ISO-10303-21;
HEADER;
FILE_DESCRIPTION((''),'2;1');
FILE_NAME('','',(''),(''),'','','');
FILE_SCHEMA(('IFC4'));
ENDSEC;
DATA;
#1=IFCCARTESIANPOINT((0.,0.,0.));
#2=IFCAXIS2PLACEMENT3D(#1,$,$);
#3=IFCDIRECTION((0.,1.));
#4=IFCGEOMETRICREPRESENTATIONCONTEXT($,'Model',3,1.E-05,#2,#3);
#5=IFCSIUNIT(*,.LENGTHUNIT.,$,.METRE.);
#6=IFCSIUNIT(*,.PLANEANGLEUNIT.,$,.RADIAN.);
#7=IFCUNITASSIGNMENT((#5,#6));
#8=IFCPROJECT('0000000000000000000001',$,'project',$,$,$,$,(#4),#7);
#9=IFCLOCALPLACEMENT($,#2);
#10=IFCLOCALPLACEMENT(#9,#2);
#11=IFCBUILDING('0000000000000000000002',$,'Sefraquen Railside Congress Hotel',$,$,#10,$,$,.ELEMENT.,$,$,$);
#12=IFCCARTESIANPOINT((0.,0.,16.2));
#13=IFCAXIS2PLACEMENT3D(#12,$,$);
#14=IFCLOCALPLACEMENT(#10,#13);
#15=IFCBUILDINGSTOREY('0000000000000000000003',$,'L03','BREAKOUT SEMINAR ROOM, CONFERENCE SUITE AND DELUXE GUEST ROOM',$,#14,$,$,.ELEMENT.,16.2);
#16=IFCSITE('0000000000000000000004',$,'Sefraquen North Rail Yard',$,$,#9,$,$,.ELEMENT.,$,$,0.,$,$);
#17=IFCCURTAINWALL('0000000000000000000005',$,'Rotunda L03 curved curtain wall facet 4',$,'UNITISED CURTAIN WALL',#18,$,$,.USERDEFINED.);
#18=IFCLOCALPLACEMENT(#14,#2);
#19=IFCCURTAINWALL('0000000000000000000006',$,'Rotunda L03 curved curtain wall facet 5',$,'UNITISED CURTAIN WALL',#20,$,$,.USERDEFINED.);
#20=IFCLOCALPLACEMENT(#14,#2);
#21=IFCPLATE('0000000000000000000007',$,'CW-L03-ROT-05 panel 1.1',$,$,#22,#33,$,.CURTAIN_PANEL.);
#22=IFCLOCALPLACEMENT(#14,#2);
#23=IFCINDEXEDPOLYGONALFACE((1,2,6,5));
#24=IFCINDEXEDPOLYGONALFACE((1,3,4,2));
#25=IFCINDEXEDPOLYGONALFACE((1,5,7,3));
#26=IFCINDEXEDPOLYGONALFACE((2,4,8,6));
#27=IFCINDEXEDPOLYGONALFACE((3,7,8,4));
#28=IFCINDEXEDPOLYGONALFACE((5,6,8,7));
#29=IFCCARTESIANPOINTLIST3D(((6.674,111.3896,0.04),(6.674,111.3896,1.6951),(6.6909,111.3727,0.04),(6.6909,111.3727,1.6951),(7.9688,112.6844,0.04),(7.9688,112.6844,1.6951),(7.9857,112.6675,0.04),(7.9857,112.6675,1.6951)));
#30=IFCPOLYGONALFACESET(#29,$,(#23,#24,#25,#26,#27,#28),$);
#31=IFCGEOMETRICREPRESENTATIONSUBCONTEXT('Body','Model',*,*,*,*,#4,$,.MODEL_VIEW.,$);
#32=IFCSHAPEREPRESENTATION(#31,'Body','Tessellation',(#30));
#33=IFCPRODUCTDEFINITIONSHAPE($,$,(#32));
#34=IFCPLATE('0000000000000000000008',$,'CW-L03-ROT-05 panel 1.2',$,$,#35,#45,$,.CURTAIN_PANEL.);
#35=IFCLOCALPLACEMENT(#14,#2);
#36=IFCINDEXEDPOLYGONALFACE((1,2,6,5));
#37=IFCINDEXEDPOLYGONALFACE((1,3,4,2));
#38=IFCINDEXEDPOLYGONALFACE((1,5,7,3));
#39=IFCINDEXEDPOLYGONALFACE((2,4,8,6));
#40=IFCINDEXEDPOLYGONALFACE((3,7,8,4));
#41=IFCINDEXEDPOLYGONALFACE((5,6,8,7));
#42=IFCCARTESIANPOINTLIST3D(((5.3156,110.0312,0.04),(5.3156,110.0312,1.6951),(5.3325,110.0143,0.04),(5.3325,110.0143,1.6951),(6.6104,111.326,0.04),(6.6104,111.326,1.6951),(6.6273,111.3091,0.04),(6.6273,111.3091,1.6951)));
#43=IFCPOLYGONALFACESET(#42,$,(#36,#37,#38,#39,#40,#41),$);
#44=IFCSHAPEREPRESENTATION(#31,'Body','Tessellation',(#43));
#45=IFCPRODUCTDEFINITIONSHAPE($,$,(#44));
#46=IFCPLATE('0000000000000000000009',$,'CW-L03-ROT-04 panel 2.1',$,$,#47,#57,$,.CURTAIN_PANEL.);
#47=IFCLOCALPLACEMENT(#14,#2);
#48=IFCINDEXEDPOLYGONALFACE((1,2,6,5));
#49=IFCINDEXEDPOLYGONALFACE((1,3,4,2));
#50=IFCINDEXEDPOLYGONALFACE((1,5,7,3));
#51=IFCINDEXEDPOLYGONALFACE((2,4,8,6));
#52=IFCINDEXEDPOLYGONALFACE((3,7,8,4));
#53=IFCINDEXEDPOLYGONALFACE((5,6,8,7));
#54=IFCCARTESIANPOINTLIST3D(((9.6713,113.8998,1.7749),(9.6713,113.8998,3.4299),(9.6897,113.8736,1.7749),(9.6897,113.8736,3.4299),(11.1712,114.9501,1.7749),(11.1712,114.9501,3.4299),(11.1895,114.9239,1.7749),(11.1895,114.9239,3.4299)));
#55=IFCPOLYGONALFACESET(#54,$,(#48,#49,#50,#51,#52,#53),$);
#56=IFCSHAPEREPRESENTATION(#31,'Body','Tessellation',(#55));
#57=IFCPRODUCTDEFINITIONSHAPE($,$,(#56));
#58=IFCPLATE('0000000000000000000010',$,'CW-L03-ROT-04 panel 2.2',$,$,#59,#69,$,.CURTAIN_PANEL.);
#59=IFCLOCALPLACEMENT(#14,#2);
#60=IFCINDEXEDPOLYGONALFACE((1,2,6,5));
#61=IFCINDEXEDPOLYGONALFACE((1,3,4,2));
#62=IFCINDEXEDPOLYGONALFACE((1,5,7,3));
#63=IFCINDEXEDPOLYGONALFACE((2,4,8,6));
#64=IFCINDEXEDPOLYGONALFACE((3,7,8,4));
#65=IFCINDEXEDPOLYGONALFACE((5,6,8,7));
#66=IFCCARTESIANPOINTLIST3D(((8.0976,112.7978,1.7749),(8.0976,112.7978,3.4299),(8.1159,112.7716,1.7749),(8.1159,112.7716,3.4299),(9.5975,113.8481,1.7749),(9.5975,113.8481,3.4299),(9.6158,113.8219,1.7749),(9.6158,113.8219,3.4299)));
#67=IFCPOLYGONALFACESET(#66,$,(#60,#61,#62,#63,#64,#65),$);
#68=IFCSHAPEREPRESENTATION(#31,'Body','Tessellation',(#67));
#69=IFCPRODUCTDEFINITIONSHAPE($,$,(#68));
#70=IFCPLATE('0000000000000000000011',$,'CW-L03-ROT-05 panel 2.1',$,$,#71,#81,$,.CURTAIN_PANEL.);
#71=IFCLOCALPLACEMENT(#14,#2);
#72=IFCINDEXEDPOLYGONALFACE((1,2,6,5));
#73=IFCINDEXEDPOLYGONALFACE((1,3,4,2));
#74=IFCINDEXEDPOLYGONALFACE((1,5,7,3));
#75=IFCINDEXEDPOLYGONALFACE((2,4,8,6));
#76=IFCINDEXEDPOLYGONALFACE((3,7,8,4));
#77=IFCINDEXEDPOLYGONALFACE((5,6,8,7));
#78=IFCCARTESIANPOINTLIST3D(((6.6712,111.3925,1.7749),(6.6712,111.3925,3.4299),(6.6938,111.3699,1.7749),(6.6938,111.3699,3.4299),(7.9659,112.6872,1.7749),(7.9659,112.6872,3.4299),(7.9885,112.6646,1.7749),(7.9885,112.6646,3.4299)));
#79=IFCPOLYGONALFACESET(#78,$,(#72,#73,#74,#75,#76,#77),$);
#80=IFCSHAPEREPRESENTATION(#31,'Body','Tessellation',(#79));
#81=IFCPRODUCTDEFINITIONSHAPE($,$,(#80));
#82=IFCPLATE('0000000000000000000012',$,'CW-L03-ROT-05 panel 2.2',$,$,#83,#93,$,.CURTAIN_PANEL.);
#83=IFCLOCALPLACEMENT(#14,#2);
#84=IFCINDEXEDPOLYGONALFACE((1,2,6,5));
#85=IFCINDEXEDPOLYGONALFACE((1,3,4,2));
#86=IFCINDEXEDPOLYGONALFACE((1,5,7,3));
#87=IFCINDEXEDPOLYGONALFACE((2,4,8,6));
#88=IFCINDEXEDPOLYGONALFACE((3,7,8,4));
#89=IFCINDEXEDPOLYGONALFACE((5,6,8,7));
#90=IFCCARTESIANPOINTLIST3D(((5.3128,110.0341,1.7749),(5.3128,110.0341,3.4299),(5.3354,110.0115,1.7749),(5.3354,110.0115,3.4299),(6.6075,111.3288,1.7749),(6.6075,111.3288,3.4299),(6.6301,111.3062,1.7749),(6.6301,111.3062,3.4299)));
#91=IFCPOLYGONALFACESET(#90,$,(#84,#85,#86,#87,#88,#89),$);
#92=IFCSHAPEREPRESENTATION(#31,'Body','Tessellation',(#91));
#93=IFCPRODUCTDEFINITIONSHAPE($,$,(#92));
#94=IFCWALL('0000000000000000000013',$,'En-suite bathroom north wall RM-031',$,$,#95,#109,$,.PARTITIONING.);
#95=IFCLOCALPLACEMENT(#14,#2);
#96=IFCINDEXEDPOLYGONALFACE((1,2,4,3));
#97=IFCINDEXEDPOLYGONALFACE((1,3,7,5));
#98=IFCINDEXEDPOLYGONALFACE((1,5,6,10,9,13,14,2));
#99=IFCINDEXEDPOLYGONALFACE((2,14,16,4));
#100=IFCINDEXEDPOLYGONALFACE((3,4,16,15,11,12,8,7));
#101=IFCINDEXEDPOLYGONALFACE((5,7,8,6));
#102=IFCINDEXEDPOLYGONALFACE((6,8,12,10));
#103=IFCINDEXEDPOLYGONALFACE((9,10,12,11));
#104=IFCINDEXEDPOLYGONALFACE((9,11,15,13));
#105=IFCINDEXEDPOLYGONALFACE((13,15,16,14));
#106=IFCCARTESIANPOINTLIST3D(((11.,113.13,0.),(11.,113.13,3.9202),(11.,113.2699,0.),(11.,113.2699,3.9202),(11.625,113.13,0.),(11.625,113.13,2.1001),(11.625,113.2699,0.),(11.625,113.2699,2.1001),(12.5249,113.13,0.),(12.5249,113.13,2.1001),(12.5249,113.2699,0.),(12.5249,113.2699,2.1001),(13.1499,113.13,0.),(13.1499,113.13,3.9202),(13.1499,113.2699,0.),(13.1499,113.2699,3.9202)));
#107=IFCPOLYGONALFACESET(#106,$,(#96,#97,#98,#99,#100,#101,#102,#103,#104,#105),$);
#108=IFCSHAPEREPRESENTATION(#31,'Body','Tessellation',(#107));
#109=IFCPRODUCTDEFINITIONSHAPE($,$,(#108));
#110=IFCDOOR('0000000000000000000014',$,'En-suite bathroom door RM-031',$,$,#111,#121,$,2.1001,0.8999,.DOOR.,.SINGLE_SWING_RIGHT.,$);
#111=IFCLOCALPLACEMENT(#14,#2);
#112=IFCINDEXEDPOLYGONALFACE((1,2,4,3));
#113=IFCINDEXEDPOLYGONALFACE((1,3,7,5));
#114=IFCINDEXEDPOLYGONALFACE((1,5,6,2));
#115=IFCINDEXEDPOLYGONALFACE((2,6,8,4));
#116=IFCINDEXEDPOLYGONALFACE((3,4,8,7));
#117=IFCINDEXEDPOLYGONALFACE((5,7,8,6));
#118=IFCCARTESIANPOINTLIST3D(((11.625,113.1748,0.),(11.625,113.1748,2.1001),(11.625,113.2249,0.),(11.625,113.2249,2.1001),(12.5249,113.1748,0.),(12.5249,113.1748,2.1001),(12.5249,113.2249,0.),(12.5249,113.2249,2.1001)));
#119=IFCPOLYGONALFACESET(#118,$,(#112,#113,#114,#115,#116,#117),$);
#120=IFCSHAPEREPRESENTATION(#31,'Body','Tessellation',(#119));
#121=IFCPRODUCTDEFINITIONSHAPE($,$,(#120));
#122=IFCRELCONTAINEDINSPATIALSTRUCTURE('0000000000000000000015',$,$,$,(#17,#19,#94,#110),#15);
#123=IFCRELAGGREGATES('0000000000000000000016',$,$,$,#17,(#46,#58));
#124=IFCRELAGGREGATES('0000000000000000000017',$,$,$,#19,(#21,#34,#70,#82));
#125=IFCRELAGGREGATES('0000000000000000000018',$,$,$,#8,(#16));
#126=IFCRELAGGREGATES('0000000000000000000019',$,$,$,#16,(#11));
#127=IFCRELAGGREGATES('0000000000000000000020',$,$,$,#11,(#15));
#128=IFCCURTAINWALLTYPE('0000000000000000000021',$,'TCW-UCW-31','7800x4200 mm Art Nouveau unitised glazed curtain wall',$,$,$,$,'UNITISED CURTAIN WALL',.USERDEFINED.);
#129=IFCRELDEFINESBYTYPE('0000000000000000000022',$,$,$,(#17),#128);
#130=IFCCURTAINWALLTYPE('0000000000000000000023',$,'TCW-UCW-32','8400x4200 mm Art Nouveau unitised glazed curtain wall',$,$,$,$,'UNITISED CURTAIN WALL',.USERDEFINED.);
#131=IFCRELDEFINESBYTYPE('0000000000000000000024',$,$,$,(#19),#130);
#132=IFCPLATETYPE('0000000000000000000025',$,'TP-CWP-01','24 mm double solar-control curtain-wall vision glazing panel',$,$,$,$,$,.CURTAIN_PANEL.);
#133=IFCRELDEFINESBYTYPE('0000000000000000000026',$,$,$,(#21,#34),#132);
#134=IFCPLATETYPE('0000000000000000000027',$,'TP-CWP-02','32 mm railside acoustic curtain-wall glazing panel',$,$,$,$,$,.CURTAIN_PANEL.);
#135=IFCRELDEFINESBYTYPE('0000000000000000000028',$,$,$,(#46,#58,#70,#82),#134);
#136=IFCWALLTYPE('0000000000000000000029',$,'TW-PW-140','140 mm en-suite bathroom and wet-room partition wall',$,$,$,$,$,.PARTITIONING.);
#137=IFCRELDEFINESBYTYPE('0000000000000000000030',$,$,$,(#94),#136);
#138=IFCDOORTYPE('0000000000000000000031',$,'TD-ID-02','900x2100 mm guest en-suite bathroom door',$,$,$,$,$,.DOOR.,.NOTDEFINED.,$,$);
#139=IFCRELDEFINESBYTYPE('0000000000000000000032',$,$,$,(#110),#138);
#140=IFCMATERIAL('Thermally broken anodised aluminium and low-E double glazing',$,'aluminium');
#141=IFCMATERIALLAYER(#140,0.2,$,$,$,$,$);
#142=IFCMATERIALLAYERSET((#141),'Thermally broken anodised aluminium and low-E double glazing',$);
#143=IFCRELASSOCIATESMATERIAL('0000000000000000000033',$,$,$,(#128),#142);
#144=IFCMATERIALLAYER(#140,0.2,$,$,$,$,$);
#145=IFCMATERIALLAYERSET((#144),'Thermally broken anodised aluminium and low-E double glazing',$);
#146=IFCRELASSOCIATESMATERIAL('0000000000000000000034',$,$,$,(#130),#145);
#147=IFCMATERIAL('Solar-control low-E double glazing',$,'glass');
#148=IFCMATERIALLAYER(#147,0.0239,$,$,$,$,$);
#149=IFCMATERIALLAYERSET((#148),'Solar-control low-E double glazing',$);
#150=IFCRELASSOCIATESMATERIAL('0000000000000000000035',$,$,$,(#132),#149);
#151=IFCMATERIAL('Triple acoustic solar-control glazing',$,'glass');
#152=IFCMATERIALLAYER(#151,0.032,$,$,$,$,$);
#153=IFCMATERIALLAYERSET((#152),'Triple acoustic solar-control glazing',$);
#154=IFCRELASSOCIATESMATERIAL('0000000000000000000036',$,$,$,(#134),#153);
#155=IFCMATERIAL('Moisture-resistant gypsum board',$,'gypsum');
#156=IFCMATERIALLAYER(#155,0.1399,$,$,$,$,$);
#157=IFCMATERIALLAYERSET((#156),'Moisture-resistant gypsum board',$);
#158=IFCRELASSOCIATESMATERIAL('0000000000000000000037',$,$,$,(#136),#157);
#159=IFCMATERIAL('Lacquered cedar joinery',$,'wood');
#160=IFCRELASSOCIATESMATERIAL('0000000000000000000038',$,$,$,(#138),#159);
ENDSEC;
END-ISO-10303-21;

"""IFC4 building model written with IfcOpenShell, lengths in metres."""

from ifc_helpers import new_model, si_unit, direction, frame, frame_2d, origin, origin_2d, place, context, subcontext, project, spatial, rectangle, extrude, material, layer, layer_set, type_object, element, fill, aggregate, save


model = new_model("IFC4")

# Units and contexts
model_context = context("Model", 3, precision=1e-05, world=origin(), true_north=direction((0.0, 1.0)))
body_context = subcontext(model_context, "Body", "Model", "MODEL_VIEW")
ifc_project = project(units=[si_unit("LENGTHUNIT", "METRE"), si_unit("PLANEANGLEUNIT", "RADIAN")], contexts=[model_context])

# Site, building, storey
site_placement = place(None, origin())
site = spatial("IfcSite", under=ifc_project, at=site_placement, Name="Sefraquen North Rail Yard", CompositionType="ELEMENT", RefElevation=0.0)
building_placement = place(site_placement, origin())
building = spatial("IfcBuilding", under=site, at=building_placement, Name="Sefraquen Railside Congress Hotel", CompositionType="ELEMENT")
storey_placement = place(building_placement, frame((0.0, 0.0, 16.2)))
storey = spatial("IfcBuildingStorey", under=building, at=storey_placement, Name="L03", Description="BREAKOUT SEMINAR ROOM, CONFERENCE SUITE AND DELUXE GUEST ROOM", CompositionType="ELEMENT", Elevation=16.2)

# Curtain walls
ifc_material_1 = material(Name="Thermally broken anodised aluminium and low-E double glazing", Category="aluminium")
ifc_layer_1 = layer(ifc_material_1, 0.2)
ifc_layer_set_1 = layer_set([ifc_layer_1], Name="Thermally broken anodised aluminium and low-E double glazing")
curtain_wall_type_1 = type_object("IfcCurtainWallType", Name="TCW-UCW-31", Description="7800x4200 mm Art Nouveau unitised glazed curtain wall", ElementType="UNITISED CURTAIN WALL", PredefinedType="USERDEFINED", material=ifc_layer_set_1)
curtain_wall_1_placement = place(storey_placement, origin())
curtain_wall_1 = element("IfcCurtainWall", 1, at=curtain_wall_1_placement, inside=storey, type_object=curtain_wall_type_1, Name="Rotunda L03 curved curtain wall facet 4", ObjectType="UNITISED CURTAIN WALL", PredefinedType="USERDEFINED")
ifc_layer_2 = layer(ifc_material_1, 0.2)
ifc_layer_set_2 = layer_set([ifc_layer_2], Name="Thermally broken anodised aluminium and low-E double glazing")
curtain_wall_type_2 = type_object("IfcCurtainWallType", Name="TCW-UCW-32", Description="8400x4200 mm Art Nouveau unitised glazed curtain wall", ElementType="UNITISED CURTAIN WALL", PredefinedType="USERDEFINED", material=ifc_layer_set_2)
curtain_wall_2_placement = place(storey_placement, origin())
curtain_wall_2 = element("IfcCurtainWall", 2, at=curtain_wall_2_placement, inside=storey, type_object=curtain_wall_type_2, Name="Rotunda L03 curved curtain wall facet 5", ObjectType="UNITISED CURTAIN WALL", PredefinedType="USERDEFINED")

# Plates
ifc_material_2 = material(Name="Solar-control low-E double glazing", Category="glass")
ifc_layer_3 = layer(ifc_material_2, 0.0239)
ifc_layer_set_3 = layer_set([ifc_layer_3], Name="Solar-control low-E double glazing")
plate_type_1 = type_object("IfcPlateType", Name="TP-CWP-01", Description="24 mm double solar-control curtain-wall vision glazing panel", PredefinedType="CURTAIN_PANEL", material=ifc_layer_set_3)
plate_1_placement = place(storey_placement, frame((7.3298, 112.0286, 0.04), z_axis=(0.0, 0.0, 1.0), x_axis=(-0.707107, -0.707107, 0.0)))
plate_1 = element("IfcPlate", 3, at=plate_1_placement, type_object=plate_type_1, Name="CW-L03-ROT-05 panel 1.1", PredefinedType="CURTAIN_PANEL", context=body_context, shape_type="SweptSolid", body=[
    extrude(rectangle(XDim=1.8311, YDim=0.0239, at=origin_2d()), origin(), (0.0, 0.0, 1.0), 1.655),
])
plate_2_placement = place(storey_placement, frame((5.9714, 110.6702, 0.04), z_axis=(0.0, 0.0, 1.0), x_axis=(-0.707107, -0.707107, 0.0)))
plate_2 = element("IfcPlate", 4, at=plate_2_placement, type_object=plate_type_1, Name="CW-L03-ROT-05 panel 1.2", PredefinedType="CURTAIN_PANEL", context=body_context, shape_type="SweptSolid", body=[
    extrude(rectangle(XDim=1.8311, YDim=0.0239, at=origin_2d()), origin(), (0.0, 0.0, 1.0), 1.655),
])
ifc_material_3 = material(Name="Triple acoustic solar-control glazing", Category="glass")
ifc_layer_4 = layer(ifc_material_3, 0.032)
ifc_layer_set_4 = layer_set([ifc_layer_4], Name="Triple acoustic solar-control glazing")
plate_type_2 = type_object("IfcPlateType", Name="TP-CWP-02", Description="32 mm railside acoustic curtain-wall glazing panel", PredefinedType="CURTAIN_PANEL", material=ifc_layer_set_4)
plate_3_placement = place(storey_placement, frame((10.4304, 114.4119, 1.7749), z_axis=(0.0, 0.0, 1.0), x_axis=(-0.819132, -0.573605, 0.0)))
plate_3 = element("IfcPlate", 5, at=plate_3_placement, type_object=plate_type_2, Name="CW-L03-ROT-04 panel 2.1", PredefinedType="CURTAIN_PANEL", context=body_context, shape_type="SweptSolid", body=[
    extrude(rectangle(XDim=1.8311, YDim=0.032, at=origin_2d()), origin(), (0.0, 0.0, 1.0), 1.655),
])
plate_4_placement = place(storey_placement, frame((8.8567, 113.3098, 1.7749), z_axis=(0.0, 0.0, 1.0), x_axis=(-0.819132, -0.573605, 0.0)))
plate_4 = element("IfcPlate", 6, at=plate_4_placement, type_object=plate_type_2, Name="CW-L03-ROT-04 panel 2.2", PredefinedType="CURTAIN_PANEL", context=body_context, shape_type="SweptSolid", body=[
    extrude(rectangle(XDim=1.8311, YDim=0.032, at=origin_2d()), origin(), (0.0, 0.0, 1.0), 1.655),
])
aggregate(curtain_wall_1, [plate_3, plate_4])
plate_5_placement = place(storey_placement, frame((7.3298, 112.0286, 1.7749), z_axis=(0.0, 0.0, 1.0), x_axis=(-0.707107, -0.707107, 0.0)))
plate_5 = element("IfcPlate", 7, at=plate_5_placement, type_object=plate_type_2, Name="CW-L03-ROT-05 panel 2.1", PredefinedType="CURTAIN_PANEL", context=body_context, shape_type="SweptSolid", body=[
    extrude(rectangle(XDim=1.8311, YDim=0.032, at=origin_2d()), origin(), (0.0, 0.0, 1.0), 1.655),
])
plate_6_placement = place(storey_placement, frame((5.9714, 110.6702, 1.7749), z_axis=(0.0, 0.0, 1.0), x_axis=(-0.707107, -0.707107, 0.0)))
plate_6 = element("IfcPlate", 8, at=plate_6_placement, type_object=plate_type_2, Name="CW-L03-ROT-05 panel 2.2", PredefinedType="CURTAIN_PANEL", context=body_context, shape_type="SweptSolid", body=[
    extrude(rectangle(XDim=1.8311, YDim=0.032, at=origin_2d()), origin(), (0.0, 0.0, 1.0), 1.655),
])
aggregate(curtain_wall_2, [plate_1, plate_2, plate_5, plate_6])

# Wall, opening, door
ifc_material_4 = material(Name="Moisture-resistant gypsum board", Category="gypsum")
ifc_layer_5 = layer(ifc_material_4, 0.1399)
ifc_layer_set_5 = layer_set([ifc_layer_5], Name="Moisture-resistant gypsum board")
wall_type = type_object("IfcWallType", Name="TW-PW-140", Description="140 mm en-suite bathroom and wet-room partition wall", PredefinedType="PARTITIONING", material=ifc_layer_set_5)
wall_placement = place(storey_placement, frame((11.0, 113.2, 0.0), z_axis=(0.0, 0.0, 1.0), x_axis=(1.0, 0.0, 0.0)))
wall = element("IfcWall", 9, at=wall_placement, inside=storey, type_object=wall_type, Name="En-suite bathroom north wall RM-031", PredefinedType="PARTITIONING", context=body_context, shape_type="SweptSolid", body=[
    extrude(rectangle(XDim=2.1499, YDim=0.1399, at=frame_2d((1.075, 0.0))), origin(), (0.0, 0.0, 1.0), 3.9202),
])
opening_placement = place(wall_placement, frame((0.625, 0.0, 0.0)))
opening = element("IfcOpeningElement", 10, at=opening_placement, cuts=wall, PredefinedType="OPENING", context=body_context, shape_type="SweptSolid", body=[
    extrude(rectangle(XDim=0.8999, YDim=2.1001, at=frame_2d((0.45, 1.05))), frame((0.0, 0.0798, 0.0), z_axis=(0.0, -1.0, 0.0), x_axis=(1.0, 0.0, 0.0)), (0.0, 0.0, 1.0), 0.1599),
])
ifc_material_5 = material(Name="Lacquered cedar joinery", Category="wood")
door_type = type_object("IfcDoorType", Name="TD-ID-02", Description="900x2100 mm guest en-suite bathroom door", OperationType="NOTDEFINED", PredefinedType="DOOR", material=ifc_material_5)
door_placement = place(opening_placement, origin())
door = element("IfcDoor", 11, at=door_placement, inside=storey, type_object=door_type, Name="En-suite bathroom door RM-031", OperationType="SINGLE_SWING_RIGHT", OverallHeight=2.1001, OverallWidth=0.8999, PredefinedType="DOOR", context=body_context, shape_type="SweptSolid", body=[
    extrude(rectangle(XDim=0.8999, YDim=2.1001, at=frame_2d((0.45, 1.05))), frame((0.0, 0.0249, 0.0), z_axis=(0.0, -1.0, 0.0), x_axis=(1.0, 0.0, 0.0)), (0.0, 0.0, 1.0), 0.05),
])
fill(opening, door)

save(model, "model.ifc")
